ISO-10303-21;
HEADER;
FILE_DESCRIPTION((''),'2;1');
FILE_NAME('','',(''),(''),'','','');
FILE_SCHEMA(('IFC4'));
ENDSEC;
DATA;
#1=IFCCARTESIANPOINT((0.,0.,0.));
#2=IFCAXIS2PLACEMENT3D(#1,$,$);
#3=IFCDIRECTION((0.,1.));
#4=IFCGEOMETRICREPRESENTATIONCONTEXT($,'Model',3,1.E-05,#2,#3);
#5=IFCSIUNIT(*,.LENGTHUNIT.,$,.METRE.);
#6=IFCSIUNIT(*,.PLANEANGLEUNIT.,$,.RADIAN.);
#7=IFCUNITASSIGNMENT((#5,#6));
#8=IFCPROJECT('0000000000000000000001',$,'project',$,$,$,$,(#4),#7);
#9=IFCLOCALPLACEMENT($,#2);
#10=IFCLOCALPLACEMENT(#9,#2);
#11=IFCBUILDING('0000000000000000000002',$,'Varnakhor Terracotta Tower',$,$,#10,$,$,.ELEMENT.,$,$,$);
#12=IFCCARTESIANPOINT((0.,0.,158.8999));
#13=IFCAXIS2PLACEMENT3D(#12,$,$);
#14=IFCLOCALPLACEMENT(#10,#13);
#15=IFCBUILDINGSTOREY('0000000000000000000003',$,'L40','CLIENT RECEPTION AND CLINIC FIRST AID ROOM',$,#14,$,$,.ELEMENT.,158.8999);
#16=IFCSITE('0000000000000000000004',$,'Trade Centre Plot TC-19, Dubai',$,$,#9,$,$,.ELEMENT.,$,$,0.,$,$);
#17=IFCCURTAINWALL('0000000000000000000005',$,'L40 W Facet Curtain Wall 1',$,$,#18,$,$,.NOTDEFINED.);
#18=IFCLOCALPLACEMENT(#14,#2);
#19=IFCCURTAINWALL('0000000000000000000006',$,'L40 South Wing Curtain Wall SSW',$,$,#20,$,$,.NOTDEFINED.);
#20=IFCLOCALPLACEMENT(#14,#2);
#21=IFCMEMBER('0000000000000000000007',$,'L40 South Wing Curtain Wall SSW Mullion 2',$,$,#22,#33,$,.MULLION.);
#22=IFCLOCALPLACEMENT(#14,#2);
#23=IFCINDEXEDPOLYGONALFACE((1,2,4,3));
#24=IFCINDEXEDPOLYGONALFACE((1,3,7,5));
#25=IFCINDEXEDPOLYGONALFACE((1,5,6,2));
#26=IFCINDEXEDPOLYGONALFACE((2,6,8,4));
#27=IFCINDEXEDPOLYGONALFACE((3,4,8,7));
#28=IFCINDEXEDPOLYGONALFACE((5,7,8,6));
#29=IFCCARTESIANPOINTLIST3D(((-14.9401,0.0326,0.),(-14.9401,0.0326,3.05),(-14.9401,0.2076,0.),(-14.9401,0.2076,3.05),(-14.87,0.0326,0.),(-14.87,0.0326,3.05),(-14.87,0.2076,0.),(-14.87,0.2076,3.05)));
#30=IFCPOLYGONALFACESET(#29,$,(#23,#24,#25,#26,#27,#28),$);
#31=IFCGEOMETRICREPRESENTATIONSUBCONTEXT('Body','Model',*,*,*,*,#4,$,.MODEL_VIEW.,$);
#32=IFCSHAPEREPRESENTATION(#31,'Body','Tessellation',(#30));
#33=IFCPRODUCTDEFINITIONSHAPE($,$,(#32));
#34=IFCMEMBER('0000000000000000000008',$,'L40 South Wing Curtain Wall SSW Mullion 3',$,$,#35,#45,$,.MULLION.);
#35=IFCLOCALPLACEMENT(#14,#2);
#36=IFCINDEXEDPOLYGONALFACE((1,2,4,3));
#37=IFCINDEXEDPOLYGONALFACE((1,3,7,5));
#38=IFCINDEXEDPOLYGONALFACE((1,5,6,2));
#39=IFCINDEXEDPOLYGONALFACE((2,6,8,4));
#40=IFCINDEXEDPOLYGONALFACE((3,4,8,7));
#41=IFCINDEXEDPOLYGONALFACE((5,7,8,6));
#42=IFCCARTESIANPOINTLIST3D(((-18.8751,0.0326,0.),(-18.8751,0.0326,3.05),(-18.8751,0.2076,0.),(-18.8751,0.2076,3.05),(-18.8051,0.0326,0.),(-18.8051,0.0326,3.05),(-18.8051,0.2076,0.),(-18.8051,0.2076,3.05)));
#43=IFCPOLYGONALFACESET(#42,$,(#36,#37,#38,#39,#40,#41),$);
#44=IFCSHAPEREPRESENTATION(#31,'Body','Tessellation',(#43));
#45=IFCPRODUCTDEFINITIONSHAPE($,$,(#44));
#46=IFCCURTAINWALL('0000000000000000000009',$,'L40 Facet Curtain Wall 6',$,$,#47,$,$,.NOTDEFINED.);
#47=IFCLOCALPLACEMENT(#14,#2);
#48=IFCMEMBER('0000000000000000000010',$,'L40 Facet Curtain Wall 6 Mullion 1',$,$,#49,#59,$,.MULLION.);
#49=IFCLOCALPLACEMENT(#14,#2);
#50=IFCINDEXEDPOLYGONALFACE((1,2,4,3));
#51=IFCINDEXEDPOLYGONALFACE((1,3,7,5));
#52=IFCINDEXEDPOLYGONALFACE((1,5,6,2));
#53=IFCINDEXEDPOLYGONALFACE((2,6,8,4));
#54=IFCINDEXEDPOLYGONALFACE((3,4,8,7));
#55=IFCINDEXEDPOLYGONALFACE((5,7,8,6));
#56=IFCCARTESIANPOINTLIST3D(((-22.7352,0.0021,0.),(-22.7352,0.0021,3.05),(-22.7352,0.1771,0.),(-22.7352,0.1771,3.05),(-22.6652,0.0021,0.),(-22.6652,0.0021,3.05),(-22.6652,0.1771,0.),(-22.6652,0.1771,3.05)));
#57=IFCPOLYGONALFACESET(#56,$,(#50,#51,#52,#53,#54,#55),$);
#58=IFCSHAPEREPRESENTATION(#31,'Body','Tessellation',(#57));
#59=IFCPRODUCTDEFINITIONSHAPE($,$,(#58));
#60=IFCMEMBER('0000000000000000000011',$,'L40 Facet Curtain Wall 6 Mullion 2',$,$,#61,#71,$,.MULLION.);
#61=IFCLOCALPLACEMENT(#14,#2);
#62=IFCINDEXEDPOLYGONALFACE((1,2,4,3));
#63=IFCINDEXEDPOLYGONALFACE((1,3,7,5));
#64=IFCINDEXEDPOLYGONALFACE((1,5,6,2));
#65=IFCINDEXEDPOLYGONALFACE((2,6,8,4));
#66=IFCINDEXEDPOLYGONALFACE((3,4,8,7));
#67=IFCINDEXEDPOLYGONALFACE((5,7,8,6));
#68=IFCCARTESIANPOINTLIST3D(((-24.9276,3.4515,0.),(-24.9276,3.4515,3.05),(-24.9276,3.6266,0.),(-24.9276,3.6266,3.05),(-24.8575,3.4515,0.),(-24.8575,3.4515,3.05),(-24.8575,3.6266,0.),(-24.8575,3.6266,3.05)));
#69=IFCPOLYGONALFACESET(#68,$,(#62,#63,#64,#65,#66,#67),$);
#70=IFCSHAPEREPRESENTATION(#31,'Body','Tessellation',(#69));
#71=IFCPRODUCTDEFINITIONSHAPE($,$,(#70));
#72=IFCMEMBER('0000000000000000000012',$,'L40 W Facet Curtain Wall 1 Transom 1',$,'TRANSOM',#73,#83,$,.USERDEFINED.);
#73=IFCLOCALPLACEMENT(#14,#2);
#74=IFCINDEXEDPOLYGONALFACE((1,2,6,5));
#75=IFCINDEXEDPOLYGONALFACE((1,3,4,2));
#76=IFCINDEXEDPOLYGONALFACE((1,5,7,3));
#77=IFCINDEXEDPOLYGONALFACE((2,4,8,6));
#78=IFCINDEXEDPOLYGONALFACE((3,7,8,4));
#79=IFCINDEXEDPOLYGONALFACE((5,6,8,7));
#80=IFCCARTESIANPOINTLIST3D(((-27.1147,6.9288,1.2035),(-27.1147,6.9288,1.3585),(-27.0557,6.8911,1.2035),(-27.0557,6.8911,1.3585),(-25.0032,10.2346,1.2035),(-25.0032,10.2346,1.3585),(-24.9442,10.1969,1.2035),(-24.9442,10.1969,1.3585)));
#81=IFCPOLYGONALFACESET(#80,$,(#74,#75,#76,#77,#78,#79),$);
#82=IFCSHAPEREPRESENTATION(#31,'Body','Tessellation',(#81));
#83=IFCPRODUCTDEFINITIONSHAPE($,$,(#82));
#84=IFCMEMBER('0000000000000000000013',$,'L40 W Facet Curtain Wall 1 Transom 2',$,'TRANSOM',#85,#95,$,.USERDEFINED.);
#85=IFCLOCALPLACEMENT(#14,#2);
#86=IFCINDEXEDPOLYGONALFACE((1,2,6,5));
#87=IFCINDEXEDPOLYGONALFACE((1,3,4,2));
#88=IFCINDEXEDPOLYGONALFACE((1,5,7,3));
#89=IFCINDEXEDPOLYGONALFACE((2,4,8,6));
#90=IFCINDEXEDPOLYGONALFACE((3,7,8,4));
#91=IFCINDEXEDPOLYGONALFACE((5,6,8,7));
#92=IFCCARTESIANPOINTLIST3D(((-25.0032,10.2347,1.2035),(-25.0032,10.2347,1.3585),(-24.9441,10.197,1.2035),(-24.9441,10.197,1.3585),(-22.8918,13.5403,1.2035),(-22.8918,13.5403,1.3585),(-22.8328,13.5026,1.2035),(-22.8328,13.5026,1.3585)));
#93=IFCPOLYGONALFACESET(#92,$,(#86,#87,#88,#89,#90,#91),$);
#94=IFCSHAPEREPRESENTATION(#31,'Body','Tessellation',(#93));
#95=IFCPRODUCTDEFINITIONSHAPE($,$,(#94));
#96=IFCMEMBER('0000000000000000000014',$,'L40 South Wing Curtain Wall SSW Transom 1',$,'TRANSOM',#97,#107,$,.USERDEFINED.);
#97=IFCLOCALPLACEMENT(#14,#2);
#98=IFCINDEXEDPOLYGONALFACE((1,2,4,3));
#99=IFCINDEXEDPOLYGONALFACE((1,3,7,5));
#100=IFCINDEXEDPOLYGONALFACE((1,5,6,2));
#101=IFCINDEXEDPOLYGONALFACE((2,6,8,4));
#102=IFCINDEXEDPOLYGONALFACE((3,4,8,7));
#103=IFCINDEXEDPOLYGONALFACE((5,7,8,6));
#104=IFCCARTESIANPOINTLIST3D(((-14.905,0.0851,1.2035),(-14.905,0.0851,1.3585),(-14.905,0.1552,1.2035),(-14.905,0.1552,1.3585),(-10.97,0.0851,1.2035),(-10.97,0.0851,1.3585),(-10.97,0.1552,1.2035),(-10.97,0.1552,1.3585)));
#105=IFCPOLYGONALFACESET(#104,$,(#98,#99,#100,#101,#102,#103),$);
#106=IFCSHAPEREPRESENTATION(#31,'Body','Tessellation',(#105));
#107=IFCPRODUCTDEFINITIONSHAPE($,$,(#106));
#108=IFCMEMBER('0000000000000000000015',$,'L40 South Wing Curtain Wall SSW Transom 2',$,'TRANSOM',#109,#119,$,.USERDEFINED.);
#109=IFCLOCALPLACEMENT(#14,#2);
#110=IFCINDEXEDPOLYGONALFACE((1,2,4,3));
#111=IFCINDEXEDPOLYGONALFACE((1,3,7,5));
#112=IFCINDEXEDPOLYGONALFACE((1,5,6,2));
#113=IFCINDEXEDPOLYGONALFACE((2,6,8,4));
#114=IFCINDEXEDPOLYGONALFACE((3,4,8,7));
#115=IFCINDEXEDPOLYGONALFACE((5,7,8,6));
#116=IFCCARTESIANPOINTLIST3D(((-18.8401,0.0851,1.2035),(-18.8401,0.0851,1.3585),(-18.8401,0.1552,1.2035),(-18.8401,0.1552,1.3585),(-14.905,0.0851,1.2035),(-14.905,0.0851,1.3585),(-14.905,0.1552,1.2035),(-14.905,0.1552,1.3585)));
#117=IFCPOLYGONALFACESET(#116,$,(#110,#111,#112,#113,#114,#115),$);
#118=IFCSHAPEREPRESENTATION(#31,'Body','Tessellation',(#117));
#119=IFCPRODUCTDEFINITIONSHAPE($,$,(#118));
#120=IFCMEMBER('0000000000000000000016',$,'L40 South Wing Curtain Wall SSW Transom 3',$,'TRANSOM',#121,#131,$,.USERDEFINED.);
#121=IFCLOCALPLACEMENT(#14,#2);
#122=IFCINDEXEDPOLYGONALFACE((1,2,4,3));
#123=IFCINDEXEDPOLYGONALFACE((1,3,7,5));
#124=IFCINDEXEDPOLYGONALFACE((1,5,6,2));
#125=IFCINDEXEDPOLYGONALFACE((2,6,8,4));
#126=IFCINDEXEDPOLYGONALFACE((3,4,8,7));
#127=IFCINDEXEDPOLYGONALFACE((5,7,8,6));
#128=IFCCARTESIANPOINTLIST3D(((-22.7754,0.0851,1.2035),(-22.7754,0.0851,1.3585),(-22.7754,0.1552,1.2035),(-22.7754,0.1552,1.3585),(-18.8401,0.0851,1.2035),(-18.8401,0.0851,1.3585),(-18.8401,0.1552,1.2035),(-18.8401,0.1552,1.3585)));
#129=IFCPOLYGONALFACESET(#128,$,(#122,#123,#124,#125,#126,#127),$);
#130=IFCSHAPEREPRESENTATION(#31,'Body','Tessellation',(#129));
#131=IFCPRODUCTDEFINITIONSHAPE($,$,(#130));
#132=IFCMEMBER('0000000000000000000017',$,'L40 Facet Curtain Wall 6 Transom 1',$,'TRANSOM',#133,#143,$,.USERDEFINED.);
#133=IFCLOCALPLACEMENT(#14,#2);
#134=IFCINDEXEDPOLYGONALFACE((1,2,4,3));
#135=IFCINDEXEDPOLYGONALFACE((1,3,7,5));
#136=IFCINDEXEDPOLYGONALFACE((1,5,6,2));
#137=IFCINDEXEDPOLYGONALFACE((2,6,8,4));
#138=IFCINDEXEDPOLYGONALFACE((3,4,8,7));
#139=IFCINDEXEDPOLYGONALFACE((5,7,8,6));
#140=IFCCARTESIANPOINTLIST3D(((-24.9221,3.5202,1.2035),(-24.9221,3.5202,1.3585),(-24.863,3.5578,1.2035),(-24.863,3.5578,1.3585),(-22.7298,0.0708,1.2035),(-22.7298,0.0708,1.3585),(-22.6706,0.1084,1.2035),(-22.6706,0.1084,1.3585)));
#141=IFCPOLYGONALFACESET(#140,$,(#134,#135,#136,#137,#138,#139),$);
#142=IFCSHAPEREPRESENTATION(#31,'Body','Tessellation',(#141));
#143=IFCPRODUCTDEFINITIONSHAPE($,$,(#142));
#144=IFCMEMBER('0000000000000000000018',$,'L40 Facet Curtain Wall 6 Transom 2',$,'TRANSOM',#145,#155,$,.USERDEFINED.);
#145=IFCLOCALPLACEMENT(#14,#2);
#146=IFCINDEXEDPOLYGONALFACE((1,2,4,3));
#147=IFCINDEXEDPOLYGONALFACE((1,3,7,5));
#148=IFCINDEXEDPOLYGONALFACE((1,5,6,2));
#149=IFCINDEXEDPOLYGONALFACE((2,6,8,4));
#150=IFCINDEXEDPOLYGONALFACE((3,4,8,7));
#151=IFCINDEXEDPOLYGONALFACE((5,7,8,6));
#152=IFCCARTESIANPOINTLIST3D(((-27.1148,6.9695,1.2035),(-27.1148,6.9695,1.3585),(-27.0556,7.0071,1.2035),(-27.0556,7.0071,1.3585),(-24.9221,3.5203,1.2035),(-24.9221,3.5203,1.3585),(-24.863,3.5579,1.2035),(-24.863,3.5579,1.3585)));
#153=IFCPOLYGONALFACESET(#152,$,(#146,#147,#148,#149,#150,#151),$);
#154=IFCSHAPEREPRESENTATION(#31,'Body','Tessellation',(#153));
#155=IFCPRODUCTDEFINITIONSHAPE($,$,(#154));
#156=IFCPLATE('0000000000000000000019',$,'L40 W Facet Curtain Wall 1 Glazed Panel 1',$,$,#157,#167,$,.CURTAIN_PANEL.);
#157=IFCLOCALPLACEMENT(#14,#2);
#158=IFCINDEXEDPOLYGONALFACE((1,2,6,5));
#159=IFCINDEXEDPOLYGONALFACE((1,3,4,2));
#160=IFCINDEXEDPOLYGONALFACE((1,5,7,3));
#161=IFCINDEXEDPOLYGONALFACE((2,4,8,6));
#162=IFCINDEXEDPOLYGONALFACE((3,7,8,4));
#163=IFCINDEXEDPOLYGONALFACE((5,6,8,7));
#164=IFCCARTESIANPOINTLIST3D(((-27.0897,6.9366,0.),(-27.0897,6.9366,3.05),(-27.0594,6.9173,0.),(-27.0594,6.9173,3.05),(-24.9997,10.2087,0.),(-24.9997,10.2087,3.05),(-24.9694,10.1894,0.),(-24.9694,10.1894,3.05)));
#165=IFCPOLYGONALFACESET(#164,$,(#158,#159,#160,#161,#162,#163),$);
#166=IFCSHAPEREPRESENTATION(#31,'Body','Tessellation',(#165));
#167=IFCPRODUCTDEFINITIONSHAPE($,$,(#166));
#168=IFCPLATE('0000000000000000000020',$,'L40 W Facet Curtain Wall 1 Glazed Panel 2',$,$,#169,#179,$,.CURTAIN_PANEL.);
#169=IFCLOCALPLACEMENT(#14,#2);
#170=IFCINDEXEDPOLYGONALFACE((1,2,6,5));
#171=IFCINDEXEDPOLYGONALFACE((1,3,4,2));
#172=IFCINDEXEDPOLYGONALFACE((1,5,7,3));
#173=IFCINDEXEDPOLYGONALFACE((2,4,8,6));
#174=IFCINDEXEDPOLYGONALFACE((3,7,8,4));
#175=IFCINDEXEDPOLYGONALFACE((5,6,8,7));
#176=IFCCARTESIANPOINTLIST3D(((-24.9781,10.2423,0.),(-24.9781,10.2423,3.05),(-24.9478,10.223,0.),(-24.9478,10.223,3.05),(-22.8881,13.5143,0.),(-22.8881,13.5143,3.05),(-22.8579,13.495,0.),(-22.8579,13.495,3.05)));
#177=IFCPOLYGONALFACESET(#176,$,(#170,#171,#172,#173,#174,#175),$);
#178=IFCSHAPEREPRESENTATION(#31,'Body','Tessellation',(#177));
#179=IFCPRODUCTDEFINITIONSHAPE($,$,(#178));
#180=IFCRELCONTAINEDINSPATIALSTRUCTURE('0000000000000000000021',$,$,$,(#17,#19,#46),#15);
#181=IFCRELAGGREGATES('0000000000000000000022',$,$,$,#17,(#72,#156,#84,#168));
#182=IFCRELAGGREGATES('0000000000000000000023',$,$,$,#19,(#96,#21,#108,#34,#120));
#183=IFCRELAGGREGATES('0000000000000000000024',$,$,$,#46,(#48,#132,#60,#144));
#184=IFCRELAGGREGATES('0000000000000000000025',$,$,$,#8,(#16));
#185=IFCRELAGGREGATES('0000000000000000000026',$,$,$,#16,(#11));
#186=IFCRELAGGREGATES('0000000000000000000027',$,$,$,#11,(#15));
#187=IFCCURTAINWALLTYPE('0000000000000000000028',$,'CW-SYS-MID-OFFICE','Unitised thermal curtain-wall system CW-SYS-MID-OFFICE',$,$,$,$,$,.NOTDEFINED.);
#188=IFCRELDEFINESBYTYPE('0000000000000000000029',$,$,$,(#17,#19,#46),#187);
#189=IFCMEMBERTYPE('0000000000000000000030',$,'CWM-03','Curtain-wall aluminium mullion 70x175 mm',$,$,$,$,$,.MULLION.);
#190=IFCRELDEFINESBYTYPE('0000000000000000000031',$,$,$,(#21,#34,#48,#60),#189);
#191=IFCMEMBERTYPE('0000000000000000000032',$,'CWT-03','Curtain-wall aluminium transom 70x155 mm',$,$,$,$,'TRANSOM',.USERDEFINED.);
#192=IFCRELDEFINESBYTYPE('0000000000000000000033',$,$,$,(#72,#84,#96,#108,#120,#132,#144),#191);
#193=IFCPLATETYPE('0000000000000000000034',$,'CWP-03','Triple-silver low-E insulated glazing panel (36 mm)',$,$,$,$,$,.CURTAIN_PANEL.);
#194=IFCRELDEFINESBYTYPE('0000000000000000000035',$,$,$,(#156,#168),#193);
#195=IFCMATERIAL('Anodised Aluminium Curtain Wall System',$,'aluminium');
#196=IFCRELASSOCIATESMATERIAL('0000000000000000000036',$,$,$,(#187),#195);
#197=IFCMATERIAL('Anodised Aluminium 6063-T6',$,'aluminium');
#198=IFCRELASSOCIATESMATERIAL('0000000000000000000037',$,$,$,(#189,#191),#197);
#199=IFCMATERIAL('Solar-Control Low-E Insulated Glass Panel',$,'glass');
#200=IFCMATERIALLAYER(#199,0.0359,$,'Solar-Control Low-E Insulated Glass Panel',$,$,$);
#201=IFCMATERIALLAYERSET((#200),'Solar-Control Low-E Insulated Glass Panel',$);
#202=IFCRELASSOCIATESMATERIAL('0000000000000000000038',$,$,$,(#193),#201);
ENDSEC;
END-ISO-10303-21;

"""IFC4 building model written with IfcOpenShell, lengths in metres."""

from ifc_helpers import new_model, si_unit, direction, frame, origin, origin_2d, place, context, subcontext, project, spatial, rectangle, extrude, source, transform, mapped, material, layer, layer_set, material_profile, profile_set, type_object, element, aggregate, save


model = new_model("IFC4")

# Units and contexts
model_context = context("Model", 3, precision=1e-05, world=origin(), true_north=direction((0.0, 1.0)))
body_context = subcontext(model_context, "Body", "Model", "MODEL_VIEW")
ifc_project = project(units=[si_unit("LENGTHUNIT", "METRE"), si_unit("PLANEANGLEUNIT", "RADIAN")], contexts=[model_context])

# Site, building, storey
site_placement = place(None, origin())
site = spatial("IfcSite", under=ifc_project, at=site_placement, Name="Trade Centre Plot TC-19, Dubai", CompositionType="ELEMENT", RefElevation=0.0)
building_placement = place(site_placement, origin())
building = spatial("IfcBuilding", under=site, at=building_placement, Name="Varnakhor Terracotta Tower", CompositionType="ELEMENT")
storey_placement = place(building_placement, frame((0.0, 0.0, 158.8999)))
storey = spatial("IfcBuildingStorey", under=building, at=storey_placement, Name="L40", Description="CLIENT RECEPTION AND CLINIC FIRST AID ROOM", CompositionType="ELEMENT", Elevation=158.8999)

# Curtain walls, members
ifc_material_1 = material(Name="Anodised Aluminium Curtain Wall System", Category="aluminium")
curtain_wall_type = type_object("IfcCurtainWallType", Name="CW-SYS-MID-OFFICE", Description="Unitised thermal curtain-wall system CW-SYS-MID-OFFICE", PredefinedType="NOTDEFINED", material=ifc_material_1)
curtain_wall_1_placement = place(storey_placement, origin())
curtain_wall_1 = element("IfcCurtainWall", 1, at=curtain_wall_1_placement, inside=storey, type_object=curtain_wall_type, Name="L40 W Facet Curtain Wall 1", PredefinedType="NOTDEFINED")
ifc_material_2 = material(Name="Anodised Aluminium 6063-T6", Category="aluminium")
ifc_material_profile_1 = material_profile(ifc_material_2, rectangle(XDim=0.0701, YDim=0.175, at=origin_2d()), Name="ALU MULLION 70x175")
ifc_profile_set_1 = profile_set([ifc_material_profile_1], Name="Anodised Aluminium 6063-T6")
member_type_1 = type_object("IfcMemberType", Name="CWM-03", Description="Curtain-wall aluminium mullion 70x175 mm", PredefinedType="MULLION", material=ifc_profile_set_1)
shared_shape_1 = source(origin(), body_context, "Body", "SweptSolid", [
    extrude(rectangle(XDim=0.0701, YDim=0.175, at=origin_2d()), origin(), (0.0, 0.0, 1.0), 3.05),
])
curtain_wall_2_placement = place(storey_placement, origin())
curtain_wall_2 = element("IfcCurtainWall", 2, at=curtain_wall_2_placement, inside=storey, type_object=curtain_wall_type, Name="L40 South Wing Curtain Wall SSW", PredefinedType="NOTDEFINED")
member_1_placement = place(storey_placement, frame((-14.905, 0.1201, 0.0), z_axis=(0.0, 0.0, 1.0), x_axis=(1.0, 0.0, 0.0)))
member_1 = element("IfcMember", 3, at=member_1_placement, type_object=member_type_1, Name="L40 South Wing Curtain Wall SSW Mullion 2", PredefinedType="MULLION", context=body_context, shape_type="MappedRepresentation", body=[
    mapped(shared_shape_1, transform((0.0, 0.0, 0.0), scale=1.0)),
])
member_2_placement = place(storey_placement, frame((-18.8401, 0.1201, 0.0), z_axis=(0.0, 0.0, 1.0), x_axis=(1.0, 0.0, 0.0)))
member_2 = element("IfcMember", 4, at=member_2_placement, type_object=member_type_1, Name="L40 South Wing Curtain Wall SSW Mullion 3", PredefinedType="MULLION", context=body_context, shape_type="MappedRepresentation", body=[
    mapped(shared_shape_1, transform((0.0, 0.0, 0.0), scale=1.0)),
])
curtain_wall_3_placement = place(storey_placement, origin())
curtain_wall_3 = element("IfcCurtainWall", 5, at=curtain_wall_3_placement, inside=storey, type_object=curtain_wall_type, Name="L40 Facet Curtain Wall 6", PredefinedType="NOTDEFINED")
member_3_placement = place(storey_placement, frame((-22.7002, 0.0896, 0.0), z_axis=(0.0, 0.0, 1.0), x_axis=(1.0, 0.0, 0.0)))
member_3 = element("IfcMember", 6, at=member_3_placement, type_object=member_type_1, Name="L40 Facet Curtain Wall 6 Mullion 1", PredefinedType="MULLION", context=body_context, shape_type="MappedRepresentation", body=[
    mapped(shared_shape_1, transform((0.0, 0.0, 0.0), scale=1.0)),
])
member_4_placement = place(storey_placement, frame((-24.8926, 3.5391, 0.0), z_axis=(0.0, 0.0, 1.0), x_axis=(1.0, 0.0, 0.0)))
member_4 = element("IfcMember", 7, at=member_4_placement, type_object=member_type_1, Name="L40 Facet Curtain Wall 6 Mullion 2", PredefinedType="MULLION", context=body_context, shape_type="MappedRepresentation", body=[
    mapped(shared_shape_1, transform((0.0, 0.0, 0.0), scale=1.0)),
])

# Members
ifc_material_profile_2 = material_profile(ifc_material_2, rectangle(XDim=0.0701, YDim=0.155, at=origin_2d()), Name="ALU TRANSOM 70x155")
ifc_profile_set_2 = profile_set([ifc_material_profile_2], Name="Anodised Aluminium 6063-T6")
member_type_2 = type_object("IfcMemberType", Name="CWT-03", Description="Curtain-wall aluminium transom 70x155 mm", ElementType="TRANSOM", PredefinedType="USERDEFINED", material=ifc_profile_set_2)
shared_shape_2 = source(origin(), body_context, "Body", "SweptSolid", [
    extrude(rectangle(XDim=0.0701, YDim=0.155, at=origin_2d()), origin(), (0.0, 0.0, 1.0), 3.9226),
])
member_5_placement = place(storey_placement, frame((-27.0852, 6.9099, 1.281), z_axis=(0.538292, 0.842758, 0.0), x_axis=(-0.842758, 0.538292, 0.0)))
member_5 = element("IfcMember", 8, at=member_5_placement, type_object=member_type_2, Name="L40 W Facet Curtain Wall 1 Transom 1", ObjectType="TRANSOM", PredefinedType="USERDEFINED", context=body_context, shape_type="MappedRepresentation", body=[
    mapped(shared_shape_2, transform((0.0, 0.0, 0.0), scale=1.0)),
])
shared_shape_3 = source(origin(), body_context, "Body", "SweptSolid", [
    extrude(rectangle(XDim=0.0701, YDim=0.155, at=origin_2d()), origin(), (0.0, 0.0, 1.0), 3.9224),
])
member_6_placement = place(storey_placement, frame((-24.9736, 10.2158, 1.281), z_axis=(0.538276, 0.842768, 0.0), x_axis=(-0.842768, 0.538276, 0.0)))
member_6 = element("IfcMember", 9, at=member_6_placement, type_object=member_type_2, Name="L40 W Facet Curtain Wall 1 Transom 2", ObjectType="TRANSOM", PredefinedType="USERDEFINED", context=body_context, shape_type="MappedRepresentation", body=[
    mapped(shared_shape_3, transform((0.0, 0.0, 0.0), scale=1.0)),
])
shared_shape_4 = source(origin(), body_context, "Body", "SweptSolid", [
    extrude(rectangle(XDim=0.0701, YDim=0.155, at=origin_2d()), origin(), (0.0, 0.0, 1.0), 3.9351),
])
member_7_placement = place(storey_placement, frame((-10.97, 0.1201, 1.281), z_axis=(-1.0, 0.0, 0.0), x_axis=(0.0, -1.0, 0.0)))
member_7 = element("IfcMember", 10, at=member_7_placement, type_object=member_type_2, Name="L40 South Wing Curtain Wall SSW Transom 1", ObjectType="TRANSOM", PredefinedType="USERDEFINED", context=body_context, shape_type="MappedRepresentation", body=[
    mapped(shared_shape_4, transform((0.0, 0.0, 0.0), scale=1.0)),
])
member_8_placement = place(storey_placement, frame((-14.905, 0.1201, 1.281), z_axis=(-1.0, 0.0, 0.0), x_axis=(0.0, -1.0, 0.0)))
member_8 = element("IfcMember", 11, at=member_8_placement, type_object=member_type_2, Name="L40 South Wing Curtain Wall SSW Transom 2", ObjectType="TRANSOM", PredefinedType="USERDEFINED", context=body_context, shape_type="MappedRepresentation", body=[
    mapped(shared_shape_4, transform((0.0, 0.0, 0.0), scale=1.0)),
])
shared_shape_5 = source(origin(), body_context, "Body", "SweptSolid", [
    extrude(rectangle(XDim=0.0701, YDim=0.155, at=origin_2d()), origin(), (0.0, 0.0, 1.0), 3.9353),
])
member_9_placement = place(storey_placement, frame((-18.8401, 0.1201, 1.281), z_axis=(-1.0, 0.0, 0.0), x_axis=(0.0, -1.0, 0.0)))
member_9 = element("IfcMember", 12, at=member_9_placement, type_object=member_type_2, Name="L40 South Wing Curtain Wall SSW Transom 3", ObjectType="TRANSOM", PredefinedType="USERDEFINED", context=body_context, shape_type="MappedRepresentation", body=[
    mapped(shared_shape_5, transform((0.0, 0.0, 0.0), scale=1.0)),
])
shared_shape_6 = source(origin(), body_context, "Body", "SweptSolid", [
    extrude(rectangle(XDim=0.0701, YDim=0.155, at=origin_2d()), origin(), (0.0, 0.0, 1.0), 4.0872),
])
member_10_placement = place(storey_placement, frame((-22.7002, 0.0896, 1.281), z_axis=(-0.5364, 0.843964, 0.0), x_axis=(-0.843964, -0.5364, 0.0)))
member_10 = element("IfcMember", 13, at=member_10_placement, type_object=member_type_2, Name="L40 Facet Curtain Wall 6 Transom 1", ObjectType="TRANSOM", PredefinedType="USERDEFINED", context=body_context, shape_type="MappedRepresentation", body=[
    mapped(shared_shape_6, transform((0.0, 0.0, 0.0), scale=1.0)),
])
member_11_placement = place(storey_placement, frame((-24.8926, 3.5391, 1.281), z_axis=(-0.53647, 0.84392, 0.0), x_axis=(-0.84392, -0.53647, 0.0)))
member_11 = element("IfcMember", 14, at=member_11_placement, type_object=member_type_2, Name="L40 Facet Curtain Wall 6 Transom 2", ObjectType="TRANSOM", PredefinedType="USERDEFINED", context=body_context, shape_type="MappedRepresentation", body=[
    mapped(shared_shape_6, transform((0.0, 0.0, 0.0), scale=1.0)),
])

# Plates
ifc_material_3 = material(Name="Solar-Control Low-E Insulated Glass Panel", Category="glass")
ifc_layer_1 = layer(ifc_material_3, 0.0359, Name="Solar-Control Low-E Insulated Glass Panel")
ifc_layer_set_1 = layer_set([ifc_layer_1], Name="Solar-Control Low-E Insulated Glass Panel")
plate_type = type_object("IfcPlateType", Name="CWP-03", Description="Triple-silver low-E insulated glazing panel (36 mm)", PredefinedType="CURTAIN_PANEL", material=ifc_layer_set_1)
shared_shape_7 = source(origin(), body_context, "Body", "SweptSolid", [
    extrude(rectangle(XDim=3.8826, YDim=0.0359, at=origin_2d()), origin(), (0.0, 0.0, 1.0), 3.05),
])
plate_1_placement = place(storey_placement, frame((-26.0295, 8.563, 0.0), z_axis=(0.0, 0.0, 1.0), x_axis=(0.5383, 0.842753, 0.0)))
plate_1 = element("IfcPlate", 15, at=plate_1_placement, type_object=plate_type, Name="L40 W Facet Curtain Wall 1 Glazed Panel 1", PredefinedType="CURTAIN_PANEL", context=body_context, shape_type="MappedRepresentation", body=[
    mapped(shared_shape_7, transform((0.0, 0.0, 0.0), scale=1.0)),
])
plate_2_placement = place(storey_placement, frame((-23.918, 11.8687, 0.0), z_axis=(0.0, 0.0, 1.0), x_axis=(0.5383, 0.842753, 0.0)))
plate_2 = element("IfcPlate", 16, at=plate_2_placement, type_object=plate_type, Name="L40 W Facet Curtain Wall 1 Glazed Panel 2", PredefinedType="CURTAIN_PANEL", context=body_context, shape_type="MappedRepresentation", body=[
    mapped(shared_shape_7, transform((0.0, 0.0, 0.0), scale=1.0)),
])
aggregate(curtain_wall_1, [member_5, plate_1, member_6, plate_2])
aggregate(curtain_wall_2, [member_7, member_1, member_8, member_2, member_9])
aggregate(curtain_wall_3, [member_3, member_10, member_4, member_11])

save(model, "model.ifc")
